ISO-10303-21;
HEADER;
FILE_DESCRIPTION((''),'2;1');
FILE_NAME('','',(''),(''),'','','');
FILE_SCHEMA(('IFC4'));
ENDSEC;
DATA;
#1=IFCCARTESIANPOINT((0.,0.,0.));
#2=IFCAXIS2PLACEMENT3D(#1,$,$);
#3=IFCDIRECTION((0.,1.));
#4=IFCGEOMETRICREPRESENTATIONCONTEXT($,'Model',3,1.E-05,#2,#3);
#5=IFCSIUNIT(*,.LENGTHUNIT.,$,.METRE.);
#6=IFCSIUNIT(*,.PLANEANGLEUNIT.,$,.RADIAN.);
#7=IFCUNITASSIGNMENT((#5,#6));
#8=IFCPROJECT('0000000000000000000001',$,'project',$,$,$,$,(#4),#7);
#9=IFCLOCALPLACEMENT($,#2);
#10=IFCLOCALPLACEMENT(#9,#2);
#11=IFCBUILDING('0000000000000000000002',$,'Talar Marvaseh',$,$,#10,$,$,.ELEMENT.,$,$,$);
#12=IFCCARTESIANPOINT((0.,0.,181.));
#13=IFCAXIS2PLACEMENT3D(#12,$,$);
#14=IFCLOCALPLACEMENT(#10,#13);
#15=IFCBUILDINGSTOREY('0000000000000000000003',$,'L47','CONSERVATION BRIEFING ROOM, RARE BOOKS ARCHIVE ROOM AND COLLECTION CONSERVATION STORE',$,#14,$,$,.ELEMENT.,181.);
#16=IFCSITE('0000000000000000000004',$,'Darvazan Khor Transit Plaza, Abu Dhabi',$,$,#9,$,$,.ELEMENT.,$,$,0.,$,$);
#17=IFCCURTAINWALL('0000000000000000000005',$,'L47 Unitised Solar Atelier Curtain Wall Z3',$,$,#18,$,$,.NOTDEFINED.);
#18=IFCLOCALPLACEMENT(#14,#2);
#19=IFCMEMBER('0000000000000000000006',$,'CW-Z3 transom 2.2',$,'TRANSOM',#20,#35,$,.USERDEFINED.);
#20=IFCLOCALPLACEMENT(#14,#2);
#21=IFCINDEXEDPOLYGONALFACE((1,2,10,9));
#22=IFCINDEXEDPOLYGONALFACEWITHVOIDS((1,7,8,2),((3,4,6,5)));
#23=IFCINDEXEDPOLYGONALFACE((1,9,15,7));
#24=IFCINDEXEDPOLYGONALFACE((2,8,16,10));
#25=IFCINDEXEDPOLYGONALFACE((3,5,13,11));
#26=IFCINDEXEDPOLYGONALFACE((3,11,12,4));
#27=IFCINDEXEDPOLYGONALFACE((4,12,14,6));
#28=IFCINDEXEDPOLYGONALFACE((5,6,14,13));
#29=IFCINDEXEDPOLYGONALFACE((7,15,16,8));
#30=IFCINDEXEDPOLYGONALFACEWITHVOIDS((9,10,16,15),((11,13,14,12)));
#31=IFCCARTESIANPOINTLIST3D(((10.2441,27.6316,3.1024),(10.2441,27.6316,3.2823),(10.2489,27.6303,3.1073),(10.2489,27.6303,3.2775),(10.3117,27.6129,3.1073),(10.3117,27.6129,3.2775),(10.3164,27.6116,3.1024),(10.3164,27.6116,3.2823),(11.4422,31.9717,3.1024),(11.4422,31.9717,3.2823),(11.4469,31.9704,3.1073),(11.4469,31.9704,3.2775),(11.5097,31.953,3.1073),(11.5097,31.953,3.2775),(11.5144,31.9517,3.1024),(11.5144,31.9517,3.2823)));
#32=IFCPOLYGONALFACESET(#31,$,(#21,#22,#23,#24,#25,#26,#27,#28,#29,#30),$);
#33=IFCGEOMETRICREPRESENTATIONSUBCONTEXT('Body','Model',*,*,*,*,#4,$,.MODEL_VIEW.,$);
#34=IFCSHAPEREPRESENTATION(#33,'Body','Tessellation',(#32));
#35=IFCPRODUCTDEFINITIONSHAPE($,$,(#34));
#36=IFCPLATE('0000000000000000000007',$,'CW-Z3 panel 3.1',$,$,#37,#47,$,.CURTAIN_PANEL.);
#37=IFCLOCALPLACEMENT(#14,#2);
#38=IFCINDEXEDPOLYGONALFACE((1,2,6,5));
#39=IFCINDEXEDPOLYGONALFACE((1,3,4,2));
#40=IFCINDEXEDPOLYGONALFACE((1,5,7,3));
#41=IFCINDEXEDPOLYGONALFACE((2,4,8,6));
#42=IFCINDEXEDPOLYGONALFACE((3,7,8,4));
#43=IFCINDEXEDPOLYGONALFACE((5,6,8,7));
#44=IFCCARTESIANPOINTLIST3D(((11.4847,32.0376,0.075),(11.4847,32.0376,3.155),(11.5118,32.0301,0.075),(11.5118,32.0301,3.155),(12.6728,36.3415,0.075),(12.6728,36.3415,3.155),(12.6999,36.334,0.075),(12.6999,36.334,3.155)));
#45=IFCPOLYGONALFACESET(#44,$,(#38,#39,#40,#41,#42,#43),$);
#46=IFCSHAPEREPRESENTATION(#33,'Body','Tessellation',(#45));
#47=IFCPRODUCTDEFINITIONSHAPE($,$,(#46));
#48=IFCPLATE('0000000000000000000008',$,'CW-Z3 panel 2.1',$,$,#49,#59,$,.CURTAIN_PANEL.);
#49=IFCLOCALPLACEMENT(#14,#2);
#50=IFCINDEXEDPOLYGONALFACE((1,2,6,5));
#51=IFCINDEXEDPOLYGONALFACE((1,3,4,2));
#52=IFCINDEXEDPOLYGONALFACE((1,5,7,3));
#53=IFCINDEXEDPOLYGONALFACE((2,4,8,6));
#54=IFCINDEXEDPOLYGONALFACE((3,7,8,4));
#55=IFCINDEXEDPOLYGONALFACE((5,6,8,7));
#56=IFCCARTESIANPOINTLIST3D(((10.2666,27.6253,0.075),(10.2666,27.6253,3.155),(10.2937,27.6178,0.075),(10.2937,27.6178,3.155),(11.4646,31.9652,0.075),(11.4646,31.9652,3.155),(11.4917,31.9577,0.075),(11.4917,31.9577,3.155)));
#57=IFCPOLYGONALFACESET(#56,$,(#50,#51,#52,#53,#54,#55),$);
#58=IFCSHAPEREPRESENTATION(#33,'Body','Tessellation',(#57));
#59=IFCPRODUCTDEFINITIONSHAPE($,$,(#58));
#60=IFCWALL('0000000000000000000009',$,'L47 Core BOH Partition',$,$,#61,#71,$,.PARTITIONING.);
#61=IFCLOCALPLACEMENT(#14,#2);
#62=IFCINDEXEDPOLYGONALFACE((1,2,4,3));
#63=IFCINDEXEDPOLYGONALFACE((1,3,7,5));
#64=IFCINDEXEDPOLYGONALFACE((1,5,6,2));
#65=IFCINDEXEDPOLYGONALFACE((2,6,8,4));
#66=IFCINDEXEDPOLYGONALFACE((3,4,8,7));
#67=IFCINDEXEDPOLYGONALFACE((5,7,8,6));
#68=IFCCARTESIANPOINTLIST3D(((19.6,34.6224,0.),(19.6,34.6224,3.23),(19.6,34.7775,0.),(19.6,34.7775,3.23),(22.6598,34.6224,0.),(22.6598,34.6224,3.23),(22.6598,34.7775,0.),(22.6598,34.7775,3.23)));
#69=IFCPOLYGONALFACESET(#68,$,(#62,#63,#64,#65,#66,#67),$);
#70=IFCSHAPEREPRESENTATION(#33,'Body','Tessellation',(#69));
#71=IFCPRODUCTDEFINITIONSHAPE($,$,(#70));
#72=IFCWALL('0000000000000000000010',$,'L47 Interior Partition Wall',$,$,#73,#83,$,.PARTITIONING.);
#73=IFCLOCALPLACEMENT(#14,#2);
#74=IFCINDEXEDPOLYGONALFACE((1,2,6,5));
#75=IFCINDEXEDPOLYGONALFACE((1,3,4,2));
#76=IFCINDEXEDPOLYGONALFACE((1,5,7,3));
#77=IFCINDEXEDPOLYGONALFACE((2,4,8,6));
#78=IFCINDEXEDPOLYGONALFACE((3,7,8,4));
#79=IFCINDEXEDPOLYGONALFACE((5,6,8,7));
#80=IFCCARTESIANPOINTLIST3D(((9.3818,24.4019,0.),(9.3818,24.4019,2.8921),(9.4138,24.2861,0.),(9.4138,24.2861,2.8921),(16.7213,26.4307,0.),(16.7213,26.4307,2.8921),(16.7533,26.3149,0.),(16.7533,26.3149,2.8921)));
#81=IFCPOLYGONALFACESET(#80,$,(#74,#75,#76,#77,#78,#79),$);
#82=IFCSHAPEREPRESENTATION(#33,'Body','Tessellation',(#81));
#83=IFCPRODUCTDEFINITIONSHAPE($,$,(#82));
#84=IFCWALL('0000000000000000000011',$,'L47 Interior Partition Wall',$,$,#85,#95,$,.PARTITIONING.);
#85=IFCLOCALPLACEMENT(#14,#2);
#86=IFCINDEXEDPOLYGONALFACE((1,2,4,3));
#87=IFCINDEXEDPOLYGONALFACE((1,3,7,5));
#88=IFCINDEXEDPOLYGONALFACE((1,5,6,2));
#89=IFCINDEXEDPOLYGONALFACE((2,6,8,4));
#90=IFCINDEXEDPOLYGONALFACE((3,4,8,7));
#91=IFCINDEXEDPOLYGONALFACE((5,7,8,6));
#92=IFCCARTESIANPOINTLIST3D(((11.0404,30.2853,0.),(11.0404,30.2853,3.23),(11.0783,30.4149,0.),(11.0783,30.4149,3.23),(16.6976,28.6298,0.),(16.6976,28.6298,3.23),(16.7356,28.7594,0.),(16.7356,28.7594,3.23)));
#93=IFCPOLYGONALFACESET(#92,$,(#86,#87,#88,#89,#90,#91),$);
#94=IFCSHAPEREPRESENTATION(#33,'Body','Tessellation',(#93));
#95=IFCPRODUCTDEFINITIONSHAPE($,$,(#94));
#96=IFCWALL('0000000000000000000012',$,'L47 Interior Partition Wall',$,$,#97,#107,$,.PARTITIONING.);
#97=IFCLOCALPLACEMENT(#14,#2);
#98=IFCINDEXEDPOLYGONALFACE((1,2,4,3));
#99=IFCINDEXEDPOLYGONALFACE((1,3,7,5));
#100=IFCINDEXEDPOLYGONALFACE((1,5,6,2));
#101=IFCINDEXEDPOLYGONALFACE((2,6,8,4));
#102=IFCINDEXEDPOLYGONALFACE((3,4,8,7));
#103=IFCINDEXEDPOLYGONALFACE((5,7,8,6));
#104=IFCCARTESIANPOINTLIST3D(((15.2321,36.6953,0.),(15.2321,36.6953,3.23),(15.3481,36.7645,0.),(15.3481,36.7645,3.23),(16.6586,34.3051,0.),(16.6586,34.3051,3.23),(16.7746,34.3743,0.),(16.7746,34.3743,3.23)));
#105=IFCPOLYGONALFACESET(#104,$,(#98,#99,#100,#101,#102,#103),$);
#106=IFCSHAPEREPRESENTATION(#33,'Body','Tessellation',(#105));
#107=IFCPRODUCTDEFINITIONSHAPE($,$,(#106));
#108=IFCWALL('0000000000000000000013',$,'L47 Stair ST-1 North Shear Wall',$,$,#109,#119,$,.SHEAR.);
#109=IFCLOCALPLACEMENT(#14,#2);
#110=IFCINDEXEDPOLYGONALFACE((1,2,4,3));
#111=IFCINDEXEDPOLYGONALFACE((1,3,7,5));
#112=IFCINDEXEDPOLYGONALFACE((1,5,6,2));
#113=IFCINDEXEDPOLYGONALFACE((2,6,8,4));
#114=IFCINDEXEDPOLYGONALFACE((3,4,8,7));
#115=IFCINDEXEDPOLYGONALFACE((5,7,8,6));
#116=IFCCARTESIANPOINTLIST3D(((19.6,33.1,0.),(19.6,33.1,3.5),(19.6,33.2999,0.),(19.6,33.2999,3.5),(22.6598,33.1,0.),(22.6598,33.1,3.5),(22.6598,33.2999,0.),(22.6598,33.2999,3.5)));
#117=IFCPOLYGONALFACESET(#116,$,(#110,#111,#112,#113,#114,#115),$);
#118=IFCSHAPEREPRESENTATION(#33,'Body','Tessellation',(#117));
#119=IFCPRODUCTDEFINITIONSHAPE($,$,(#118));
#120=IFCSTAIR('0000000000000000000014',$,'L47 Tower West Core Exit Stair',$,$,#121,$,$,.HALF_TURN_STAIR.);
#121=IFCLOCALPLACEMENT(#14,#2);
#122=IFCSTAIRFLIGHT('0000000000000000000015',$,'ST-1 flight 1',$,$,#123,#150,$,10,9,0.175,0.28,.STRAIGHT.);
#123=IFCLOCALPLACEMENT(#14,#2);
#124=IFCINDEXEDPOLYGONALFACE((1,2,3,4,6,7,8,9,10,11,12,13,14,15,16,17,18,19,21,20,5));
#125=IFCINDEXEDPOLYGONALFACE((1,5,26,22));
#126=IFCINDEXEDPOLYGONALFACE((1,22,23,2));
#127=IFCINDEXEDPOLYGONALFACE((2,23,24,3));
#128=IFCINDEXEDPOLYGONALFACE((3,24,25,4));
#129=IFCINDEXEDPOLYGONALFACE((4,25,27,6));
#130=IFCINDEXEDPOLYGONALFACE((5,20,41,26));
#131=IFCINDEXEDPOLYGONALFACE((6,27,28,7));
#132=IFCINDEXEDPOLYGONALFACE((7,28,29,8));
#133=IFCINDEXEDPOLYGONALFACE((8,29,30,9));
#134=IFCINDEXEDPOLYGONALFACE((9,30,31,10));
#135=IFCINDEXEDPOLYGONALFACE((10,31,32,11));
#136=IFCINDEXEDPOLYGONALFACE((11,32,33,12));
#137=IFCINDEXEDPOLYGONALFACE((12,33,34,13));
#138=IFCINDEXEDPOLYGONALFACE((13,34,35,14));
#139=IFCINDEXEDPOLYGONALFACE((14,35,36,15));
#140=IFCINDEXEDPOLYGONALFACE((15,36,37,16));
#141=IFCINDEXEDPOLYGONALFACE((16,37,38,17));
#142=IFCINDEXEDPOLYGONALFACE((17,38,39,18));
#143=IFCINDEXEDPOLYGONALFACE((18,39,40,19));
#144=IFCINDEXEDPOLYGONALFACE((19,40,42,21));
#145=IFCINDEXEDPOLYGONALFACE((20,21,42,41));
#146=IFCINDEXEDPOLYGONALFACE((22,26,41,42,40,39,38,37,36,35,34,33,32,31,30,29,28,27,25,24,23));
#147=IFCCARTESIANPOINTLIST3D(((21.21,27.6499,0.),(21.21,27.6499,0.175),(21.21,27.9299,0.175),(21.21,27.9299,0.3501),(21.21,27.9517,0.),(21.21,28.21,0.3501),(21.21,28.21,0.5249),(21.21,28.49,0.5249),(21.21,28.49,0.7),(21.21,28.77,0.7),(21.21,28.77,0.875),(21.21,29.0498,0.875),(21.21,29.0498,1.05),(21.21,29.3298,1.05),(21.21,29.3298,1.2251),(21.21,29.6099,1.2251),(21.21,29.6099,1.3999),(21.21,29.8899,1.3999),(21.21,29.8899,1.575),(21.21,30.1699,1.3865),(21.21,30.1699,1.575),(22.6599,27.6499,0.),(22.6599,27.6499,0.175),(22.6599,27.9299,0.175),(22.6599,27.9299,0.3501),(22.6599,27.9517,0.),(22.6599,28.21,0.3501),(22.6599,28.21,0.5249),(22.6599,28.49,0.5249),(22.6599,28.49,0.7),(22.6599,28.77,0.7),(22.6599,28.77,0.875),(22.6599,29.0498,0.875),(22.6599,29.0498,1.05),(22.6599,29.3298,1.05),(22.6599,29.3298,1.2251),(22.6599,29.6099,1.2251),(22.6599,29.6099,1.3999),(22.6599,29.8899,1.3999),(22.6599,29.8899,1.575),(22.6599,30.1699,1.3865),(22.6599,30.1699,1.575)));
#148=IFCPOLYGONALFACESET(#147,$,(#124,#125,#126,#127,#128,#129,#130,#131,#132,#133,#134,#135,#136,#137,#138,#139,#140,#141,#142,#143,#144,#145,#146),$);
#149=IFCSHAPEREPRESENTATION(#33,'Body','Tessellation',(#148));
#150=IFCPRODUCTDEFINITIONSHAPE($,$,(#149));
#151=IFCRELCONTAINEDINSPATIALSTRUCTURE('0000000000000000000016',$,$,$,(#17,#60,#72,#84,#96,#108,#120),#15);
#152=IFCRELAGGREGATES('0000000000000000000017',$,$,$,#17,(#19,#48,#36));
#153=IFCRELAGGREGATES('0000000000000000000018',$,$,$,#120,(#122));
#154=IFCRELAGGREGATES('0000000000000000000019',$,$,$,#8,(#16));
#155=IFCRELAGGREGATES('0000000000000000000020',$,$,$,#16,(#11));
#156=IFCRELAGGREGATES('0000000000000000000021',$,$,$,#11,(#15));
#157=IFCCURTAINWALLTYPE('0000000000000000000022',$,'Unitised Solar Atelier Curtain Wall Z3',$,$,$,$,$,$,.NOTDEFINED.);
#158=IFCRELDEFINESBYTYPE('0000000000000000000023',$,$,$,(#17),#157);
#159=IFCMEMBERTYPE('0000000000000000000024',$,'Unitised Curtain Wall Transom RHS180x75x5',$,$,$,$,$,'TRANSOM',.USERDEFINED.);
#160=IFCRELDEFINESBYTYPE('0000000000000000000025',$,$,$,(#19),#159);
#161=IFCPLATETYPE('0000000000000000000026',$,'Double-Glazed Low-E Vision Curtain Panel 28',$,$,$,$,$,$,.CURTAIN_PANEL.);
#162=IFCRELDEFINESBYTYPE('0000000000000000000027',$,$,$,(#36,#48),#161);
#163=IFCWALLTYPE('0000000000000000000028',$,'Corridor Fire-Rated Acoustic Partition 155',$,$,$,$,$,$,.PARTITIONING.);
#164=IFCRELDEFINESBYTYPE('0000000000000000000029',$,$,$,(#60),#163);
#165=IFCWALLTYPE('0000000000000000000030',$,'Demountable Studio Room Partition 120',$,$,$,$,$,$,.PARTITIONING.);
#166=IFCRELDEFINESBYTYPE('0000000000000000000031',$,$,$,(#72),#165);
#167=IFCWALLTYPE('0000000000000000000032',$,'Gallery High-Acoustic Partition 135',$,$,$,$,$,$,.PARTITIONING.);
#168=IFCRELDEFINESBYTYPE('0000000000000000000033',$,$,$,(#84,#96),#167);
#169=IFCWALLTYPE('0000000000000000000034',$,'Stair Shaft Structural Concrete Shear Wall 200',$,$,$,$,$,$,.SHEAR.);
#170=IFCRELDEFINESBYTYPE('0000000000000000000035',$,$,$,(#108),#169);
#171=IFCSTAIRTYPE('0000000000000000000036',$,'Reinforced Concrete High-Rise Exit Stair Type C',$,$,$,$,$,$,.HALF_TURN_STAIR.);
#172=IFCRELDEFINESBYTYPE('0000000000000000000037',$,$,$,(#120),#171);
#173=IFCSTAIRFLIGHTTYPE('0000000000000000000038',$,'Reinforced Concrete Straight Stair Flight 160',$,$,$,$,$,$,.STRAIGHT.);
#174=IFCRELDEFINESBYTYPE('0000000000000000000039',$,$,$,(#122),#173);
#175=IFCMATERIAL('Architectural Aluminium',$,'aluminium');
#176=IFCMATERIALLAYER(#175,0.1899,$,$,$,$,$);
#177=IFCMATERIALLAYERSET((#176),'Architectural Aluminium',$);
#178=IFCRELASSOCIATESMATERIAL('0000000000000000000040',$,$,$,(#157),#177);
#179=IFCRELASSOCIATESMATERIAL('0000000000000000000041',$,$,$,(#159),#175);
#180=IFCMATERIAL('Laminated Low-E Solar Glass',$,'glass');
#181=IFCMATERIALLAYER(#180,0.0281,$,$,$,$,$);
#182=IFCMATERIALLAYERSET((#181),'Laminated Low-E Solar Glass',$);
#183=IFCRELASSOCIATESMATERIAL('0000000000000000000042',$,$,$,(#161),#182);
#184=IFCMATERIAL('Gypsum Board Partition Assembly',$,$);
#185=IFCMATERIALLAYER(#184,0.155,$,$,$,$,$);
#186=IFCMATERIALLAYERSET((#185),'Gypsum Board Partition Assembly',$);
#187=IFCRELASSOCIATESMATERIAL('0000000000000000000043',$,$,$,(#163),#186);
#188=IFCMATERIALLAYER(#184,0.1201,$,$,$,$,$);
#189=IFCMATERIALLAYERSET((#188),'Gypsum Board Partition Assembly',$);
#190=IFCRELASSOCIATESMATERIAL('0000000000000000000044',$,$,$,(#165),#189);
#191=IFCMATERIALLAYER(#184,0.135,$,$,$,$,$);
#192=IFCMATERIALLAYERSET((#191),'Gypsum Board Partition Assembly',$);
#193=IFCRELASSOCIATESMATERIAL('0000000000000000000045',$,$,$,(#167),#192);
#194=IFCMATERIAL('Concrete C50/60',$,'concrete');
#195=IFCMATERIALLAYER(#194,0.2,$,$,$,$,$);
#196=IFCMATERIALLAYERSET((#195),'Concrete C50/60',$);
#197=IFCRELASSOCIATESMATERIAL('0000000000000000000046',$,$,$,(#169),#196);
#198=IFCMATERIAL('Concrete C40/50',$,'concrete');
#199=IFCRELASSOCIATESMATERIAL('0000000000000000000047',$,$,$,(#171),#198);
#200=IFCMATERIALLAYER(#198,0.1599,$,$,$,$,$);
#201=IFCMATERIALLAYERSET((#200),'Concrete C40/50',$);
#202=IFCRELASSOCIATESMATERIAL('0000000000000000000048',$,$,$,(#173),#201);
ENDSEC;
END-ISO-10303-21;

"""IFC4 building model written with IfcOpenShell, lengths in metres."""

from ifc_helpers import new_model, si_unit, direction, frame, frame_2d, origin, origin_2d, place, context, subcontext, project, spatial, polyline, rectangle, hollow_rectangle, outline, extrude, source, transform, mapped, material, layer, layer_set, material_profile, profile_set, type_object, type_shapes, element, aggregate, save


model = new_model("IFC4")

# Units and contexts
model_context = context("Model", 3, precision=1e-05, world=origin(), true_north=direction((0.0, 1.0)))
body_context = subcontext(model_context, "Body", "Model", "MODEL_VIEW")
ifc_project = project(units=[si_unit("LENGTHUNIT", "METRE"), si_unit("PLANEANGLEUNIT", "RADIAN")], contexts=[model_context])

# Site, building, storey
site_placement = place(None, origin())
site = spatial("IfcSite", under=ifc_project, at=site_placement, Name="Darvazan Khor Transit Plaza, Abu Dhabi", CompositionType="ELEMENT", RefElevation=0.0)
building_placement = place(site_placement, origin())
building = spatial("IfcBuilding", under=site, at=building_placement, Name="Talar Marvaseh", CompositionType="ELEMENT")
storey_placement = place(building_placement, frame((0.0, 0.0, 181.0)))
storey = spatial("IfcBuildingStorey", under=building, at=storey_placement, Name="L47", Description="CONSERVATION BRIEFING ROOM, RARE BOOKS ARCHIVE ROOM AND COLLECTION CONSERVATION STORE", CompositionType="ELEMENT", Elevation=181.0)

# Curtain wall, member, plates
ifc_material_1 = material(Name="Architectural Aluminium", Category="aluminium")
ifc_layer_1 = layer(ifc_material_1, 0.1899)
ifc_layer_set_1 = layer_set([ifc_layer_1], Name="Architectural Aluminium")
curtain_wall_type = type_object("IfcCurtainWallType", Name="Unitised Solar Atelier Curtain Wall Z3", PredefinedType="NOTDEFINED", material=ifc_layer_set_1)
curtain_wall_placement = place(storey_placement, origin())
curtain_wall = element("IfcCurtainWall", 1, at=curtain_wall_placement, inside=storey, type_object=curtain_wall_type, Name="L47 Unitised Solar Atelier Curtain Wall Z3", PredefinedType="NOTDEFINED")
ifc_material_profile_1 = material_profile(ifc_material_1, hollow_rectangle(XDim=0.075, YDim=0.1799, WallThickness=0.0049, at=origin_2d()), Name="RHS180x75x5")
ifc_profile_set_1 = profile_set([ifc_material_profile_1], Name="Architectural Aluminium")
member_type_1 = type_object("IfcMemberType", Name="Unitised Curtain Wall Transom RHS180x75x5", ElementType="TRANSOM", PredefinedType="USERDEFINED", material=ifc_profile_set_1)
shared_shape_1 = source(origin(), body_context, "Body", "SweptSolid", [
    extrude(hollow_rectangle(XDim=0.075, YDim=0.1799, WallThickness=0.0049, at=origin_2d()), origin(), (0.0, 0.0, 1.0), 4.5024),
])
member_1_placement = place(storey_placement, frame((10.2803, 27.6216, 3.1924), z_axis=(0.26608, 0.963951, 0.0), x_axis=(-0.963951, 0.26608, 0.0)))
member_1 = element("IfcMember", 2, at=member_1_placement, type_object=member_type_1, Name="CW-Z3 transom 2.2", ObjectType="TRANSOM", PredefinedType="USERDEFINED", context=body_context, shape_type="MappedRepresentation", body=[
    mapped(shared_shape_1, transform((0.0, 0.0, 0.0), x_axis=(1.0, 0.0, 0.0), y_axis=(0.0, 1.0, 0.0), z_axis=(0.0, 0.0, 1.0), scale=1.0)),
])
ifc_material_2 = material(Name="Laminated Low-E Solar Glass", Category="glass")
ifc_layer_2 = layer(ifc_material_2, 0.0281)
ifc_layer_set_2 = layer_set([ifc_layer_2], Name="Laminated Low-E Solar Glass")
plate_type = type_object("IfcPlateType", Name="Double-Glazed Low-E Vision Curtain Panel 28", PredefinedType="CURTAIN_PANEL", material=ifc_layer_set_2)
shared_shape_2 = source(origin(), body_context, "Body", "SweptSolid", [
    extrude(rectangle(XDim=4.4648, YDim=0.0281, at=origin_2d()), origin(), (0.0, 0.0, 1.0), 3.0801),
])
plate_1_placement = place(storey_placement, frame((12.0923, 34.1858, 0.075), z_axis=(0.0, 0.0, 1.0), x_axis=(0.2661, 0.963945, 0.0)))
plate_1 = element("IfcPlate", 3, at=plate_1_placement, type_object=plate_type, Name="CW-Z3 panel 3.1", PredefinedType="CURTAIN_PANEL", context=body_context, shape_type="MappedRepresentation", body=[
    mapped(shared_shape_2, transform((0.0, 0.0, 0.0), x_axis=(1.0, 0.0, 0.0), y_axis=(0.0, 1.0, 0.0), z_axis=(0.0, 0.0, 1.0), scale=1.0)),
])
shared_shape_3 = source(origin(), body_context, "Body", "SweptSolid", [
    extrude(rectangle(XDim=4.5022, YDim=0.0281, at=origin_2d()), origin(), (0.0, 0.0, 1.0), 3.0801),
])
type_shapes(plate_type, [shared_shape_2, shared_shape_3])
plate_2_placement = place(storey_placement, frame((10.8792, 29.7915, 0.075), z_axis=(0.0, 0.0, 1.0), x_axis=(0.2661, 0.963945, 0.0)))
plate_2 = element("IfcPlate", 4, at=plate_2_placement, type_object=plate_type, Name="CW-Z3 panel 2.1", PredefinedType="CURTAIN_PANEL", context=body_context, shape_type="MappedRepresentation", body=[
    mapped(shared_shape_3, transform((0.0, 0.0, 0.0), x_axis=(1.0, 0.0, 0.0), y_axis=(0.0, 1.0, 0.0), z_axis=(0.0, 0.0, 1.0), scale=1.0)),
])
aggregate(curtain_wall, [member_1, plate_2, plate_1])

# Walls
ifc_material_3 = material(Name="Gypsum Board Partition Assembly")
ifc_layer_3 = layer(ifc_material_3, 0.155)
ifc_layer_set_3 = layer_set([ifc_layer_3], Name="Gypsum Board Partition Assembly")
wall_type_1 = type_object("IfcWallType", Name="Corridor Fire-Rated Acoustic Partition 155", PredefinedType="PARTITIONING", material=ifc_layer_set_3)
wall_1_placement = place(storey_placement, frame((19.6001, 34.7, 0.0), z_axis=(0.0, 0.0, 1.0), x_axis=(1.0, 0.0, 0.0)))
element("IfcWall", 5, at=wall_1_placement, inside=storey, type_object=wall_type_1, Name="L47 Core BOH Partition", PredefinedType="PARTITIONING", context=body_context, shape_type="SweptSolid", body=[
    extrude(rectangle(XDim=3.0598, YDim=0.155, at=frame_2d((1.5298, 0.0))), origin(), (0.0, 0.0, 1.0), 3.23),
])
ifc_layer_4 = layer(ifc_material_3, 0.1201)
ifc_layer_set_4 = layer_set([ifc_layer_4], Name="Gypsum Board Partition Assembly")
wall_type_2 = type_object("IfcWallType", Name="Demountable Studio Room Partition 120", PredefinedType="PARTITIONING", material=ifc_layer_set_4)
wall_2_placement = place(storey_placement, frame((16.7373, 26.3728, 0.0), z_axis=(0.0, 0.0, 1.0), x_axis=(-0.963855, -0.266428, 0.0)))
element("IfcWall", 6, at=wall_2_placement, inside=storey, type_object=wall_type_2, Name="L47 Interior Partition Wall", PredefinedType="PARTITIONING", context=body_context, shape_type="SweptSolid", body=[
    extrude(rectangle(XDim=7.6147, YDim=0.1201, at=frame_2d((3.8074, 0.0))), origin(), (0.0, 0.0, 1.0), 2.8921),
])
ifc_layer_5 = layer(ifc_material_3, 0.135)
ifc_layer_set_5 = layer_set([ifc_layer_5], Name="Gypsum Board Partition Assembly")
wall_type_3 = type_object("IfcWallType", Name="Gallery High-Acoustic Partition 135", PredefinedType="PARTITIONING", material=ifc_layer_set_5)
wall_3_placement = place(storey_placement, frame((11.0593, 30.3501, 0.0), z_axis=(0.0, 0.0, 1.0), x_axis=(0.959749, -0.280859, 0.0)))
element("IfcWall", 7, at=wall_3_placement, inside=storey, type_object=wall_type_3, Name="L47 Interior Partition Wall", PredefinedType="PARTITIONING", context=body_context, shape_type="SweptSolid", body=[
    extrude(rectangle(XDim=5.8945, YDim=0.135, at=frame_2d((2.9473, 0.0))), origin(), (0.0, 0.0, 1.0), 3.23),
])
wall_4_placement = place(storey_placement, frame((16.7166, 34.3398, 0.0), z_axis=(0.0, 0.0, 1.0), x_axis=(-0.512495, 0.85869, 0.0)))
element("IfcWall", 8, at=wall_4_placement, inside=storey, type_object=wall_type_3, Name="L47 Interior Partition Wall", PredefinedType="PARTITIONING", context=body_context, shape_type="SweptSolid", body=[
    extrude(rectangle(XDim=2.7834, YDim=0.135, at=frame_2d((1.3916, 0.0))), origin(), (0.0, 0.0, 1.0), 3.23),
])
ifc_material_4 = material(Name="Concrete C50/60", Category="concrete")
ifc_layer_6 = layer(ifc_material_4, 0.2)
ifc_layer_set_6 = layer_set([ifc_layer_6], Name="Concrete C50/60")
wall_type_4 = type_object("IfcWallType", Name="Stair Shaft Structural Concrete Shear Wall 200", PredefinedType="SHEAR", material=ifc_layer_set_6)
wall_5_placement = place(storey_placement, frame((19.6001, 33.2, 0.0), z_axis=(0.0, 0.0, 1.0), x_axis=(1.0, 0.0, 0.0)))
element("IfcWall", 9, at=wall_5_placement, inside=storey, type_object=wall_type_4, Name="L47 Stair ST-1 North Shear Wall", PredefinedType="SHEAR", context=body_context, shape_type="SweptSolid", body=[
    extrude(rectangle(XDim=3.0598, YDim=0.2, at=frame_2d((1.5298, 0.0))), origin(), (0.0, 0.0, 1.0), 3.5),
])

# Stair, stair flight
ifc_material_5 = material(Name="Concrete C40/50", Category="concrete")
stair_type = type_object("IfcStairType", Name="Reinforced Concrete High-Rise Exit Stair Type C", PredefinedType="HALF_TURN_STAIR", material=ifc_material_5)
stair_placement = place(storey_placement, origin())
stair = element("IfcStair", 10, at=stair_placement, inside=storey, type_object=stair_type, Name="L47 Tower West Core Exit Stair", PredefinedType="HALF_TURN_STAIR")
ifc_layer_7 = layer(ifc_material_5, 0.1599)
ifc_layer_set_7 = layer_set([ifc_layer_7], Name="Concrete C40/50")
stair_flight_type = type_object("IfcStairFlightType", Name="Reinforced Concrete Straight Stair Flight 160", PredefinedType="STRAIGHT", material=ifc_layer_set_7)
stair_flight_1_placement = place(storey_placement, frame((21.9351, 27.6499, 0.0), z_axis=(0.0, 0.0, 1.0), x_axis=(0.0, 1.0, 0.0)))
stair_flight_1 = element("IfcStairFlight", 11, at=stair_flight_1_placement, type_object=stair_flight_type, Name="ST-1 flight 1", NumberOfRisers=10, NumberOfTreads=9, PredefinedType="STRAIGHT", RiserHeight=0.175, TreadLength=0.28, context=body_context, shape_type="SweptSolid", body=[
    extrude(outline(polyline([(0.0, 0.0), (0.0, 0.175), (0.28, 0.175), (0.28, 0.3501), (0.5601, 0.3501), (0.5601, 0.5249), (0.8401, 0.5249), (0.8401, 0.7), (1.1201, 0.7), (1.1201, 0.875), (1.3999, 0.875), (1.3999, 1.05), (1.6799, 1.05), (1.6799, 1.2251), (1.96, 1.2251), (1.96, 1.3999), (2.24, 1.3999), (2.24, 1.575), (2.52, 1.575), (2.52, 1.75), (2.52, 1.3865), (0.3018, 0.0), (0.0, 0.0)])), frame((0.0, 0.7251, 0.0), z_axis=(0.0, -1.0, 0.0), x_axis=(1.0, 0.0, 0.0)), (0.0, 0.0, 1.0), 1.45),
])
aggregate(stair, [stair_flight_1])

save(model, "model.ifc")
